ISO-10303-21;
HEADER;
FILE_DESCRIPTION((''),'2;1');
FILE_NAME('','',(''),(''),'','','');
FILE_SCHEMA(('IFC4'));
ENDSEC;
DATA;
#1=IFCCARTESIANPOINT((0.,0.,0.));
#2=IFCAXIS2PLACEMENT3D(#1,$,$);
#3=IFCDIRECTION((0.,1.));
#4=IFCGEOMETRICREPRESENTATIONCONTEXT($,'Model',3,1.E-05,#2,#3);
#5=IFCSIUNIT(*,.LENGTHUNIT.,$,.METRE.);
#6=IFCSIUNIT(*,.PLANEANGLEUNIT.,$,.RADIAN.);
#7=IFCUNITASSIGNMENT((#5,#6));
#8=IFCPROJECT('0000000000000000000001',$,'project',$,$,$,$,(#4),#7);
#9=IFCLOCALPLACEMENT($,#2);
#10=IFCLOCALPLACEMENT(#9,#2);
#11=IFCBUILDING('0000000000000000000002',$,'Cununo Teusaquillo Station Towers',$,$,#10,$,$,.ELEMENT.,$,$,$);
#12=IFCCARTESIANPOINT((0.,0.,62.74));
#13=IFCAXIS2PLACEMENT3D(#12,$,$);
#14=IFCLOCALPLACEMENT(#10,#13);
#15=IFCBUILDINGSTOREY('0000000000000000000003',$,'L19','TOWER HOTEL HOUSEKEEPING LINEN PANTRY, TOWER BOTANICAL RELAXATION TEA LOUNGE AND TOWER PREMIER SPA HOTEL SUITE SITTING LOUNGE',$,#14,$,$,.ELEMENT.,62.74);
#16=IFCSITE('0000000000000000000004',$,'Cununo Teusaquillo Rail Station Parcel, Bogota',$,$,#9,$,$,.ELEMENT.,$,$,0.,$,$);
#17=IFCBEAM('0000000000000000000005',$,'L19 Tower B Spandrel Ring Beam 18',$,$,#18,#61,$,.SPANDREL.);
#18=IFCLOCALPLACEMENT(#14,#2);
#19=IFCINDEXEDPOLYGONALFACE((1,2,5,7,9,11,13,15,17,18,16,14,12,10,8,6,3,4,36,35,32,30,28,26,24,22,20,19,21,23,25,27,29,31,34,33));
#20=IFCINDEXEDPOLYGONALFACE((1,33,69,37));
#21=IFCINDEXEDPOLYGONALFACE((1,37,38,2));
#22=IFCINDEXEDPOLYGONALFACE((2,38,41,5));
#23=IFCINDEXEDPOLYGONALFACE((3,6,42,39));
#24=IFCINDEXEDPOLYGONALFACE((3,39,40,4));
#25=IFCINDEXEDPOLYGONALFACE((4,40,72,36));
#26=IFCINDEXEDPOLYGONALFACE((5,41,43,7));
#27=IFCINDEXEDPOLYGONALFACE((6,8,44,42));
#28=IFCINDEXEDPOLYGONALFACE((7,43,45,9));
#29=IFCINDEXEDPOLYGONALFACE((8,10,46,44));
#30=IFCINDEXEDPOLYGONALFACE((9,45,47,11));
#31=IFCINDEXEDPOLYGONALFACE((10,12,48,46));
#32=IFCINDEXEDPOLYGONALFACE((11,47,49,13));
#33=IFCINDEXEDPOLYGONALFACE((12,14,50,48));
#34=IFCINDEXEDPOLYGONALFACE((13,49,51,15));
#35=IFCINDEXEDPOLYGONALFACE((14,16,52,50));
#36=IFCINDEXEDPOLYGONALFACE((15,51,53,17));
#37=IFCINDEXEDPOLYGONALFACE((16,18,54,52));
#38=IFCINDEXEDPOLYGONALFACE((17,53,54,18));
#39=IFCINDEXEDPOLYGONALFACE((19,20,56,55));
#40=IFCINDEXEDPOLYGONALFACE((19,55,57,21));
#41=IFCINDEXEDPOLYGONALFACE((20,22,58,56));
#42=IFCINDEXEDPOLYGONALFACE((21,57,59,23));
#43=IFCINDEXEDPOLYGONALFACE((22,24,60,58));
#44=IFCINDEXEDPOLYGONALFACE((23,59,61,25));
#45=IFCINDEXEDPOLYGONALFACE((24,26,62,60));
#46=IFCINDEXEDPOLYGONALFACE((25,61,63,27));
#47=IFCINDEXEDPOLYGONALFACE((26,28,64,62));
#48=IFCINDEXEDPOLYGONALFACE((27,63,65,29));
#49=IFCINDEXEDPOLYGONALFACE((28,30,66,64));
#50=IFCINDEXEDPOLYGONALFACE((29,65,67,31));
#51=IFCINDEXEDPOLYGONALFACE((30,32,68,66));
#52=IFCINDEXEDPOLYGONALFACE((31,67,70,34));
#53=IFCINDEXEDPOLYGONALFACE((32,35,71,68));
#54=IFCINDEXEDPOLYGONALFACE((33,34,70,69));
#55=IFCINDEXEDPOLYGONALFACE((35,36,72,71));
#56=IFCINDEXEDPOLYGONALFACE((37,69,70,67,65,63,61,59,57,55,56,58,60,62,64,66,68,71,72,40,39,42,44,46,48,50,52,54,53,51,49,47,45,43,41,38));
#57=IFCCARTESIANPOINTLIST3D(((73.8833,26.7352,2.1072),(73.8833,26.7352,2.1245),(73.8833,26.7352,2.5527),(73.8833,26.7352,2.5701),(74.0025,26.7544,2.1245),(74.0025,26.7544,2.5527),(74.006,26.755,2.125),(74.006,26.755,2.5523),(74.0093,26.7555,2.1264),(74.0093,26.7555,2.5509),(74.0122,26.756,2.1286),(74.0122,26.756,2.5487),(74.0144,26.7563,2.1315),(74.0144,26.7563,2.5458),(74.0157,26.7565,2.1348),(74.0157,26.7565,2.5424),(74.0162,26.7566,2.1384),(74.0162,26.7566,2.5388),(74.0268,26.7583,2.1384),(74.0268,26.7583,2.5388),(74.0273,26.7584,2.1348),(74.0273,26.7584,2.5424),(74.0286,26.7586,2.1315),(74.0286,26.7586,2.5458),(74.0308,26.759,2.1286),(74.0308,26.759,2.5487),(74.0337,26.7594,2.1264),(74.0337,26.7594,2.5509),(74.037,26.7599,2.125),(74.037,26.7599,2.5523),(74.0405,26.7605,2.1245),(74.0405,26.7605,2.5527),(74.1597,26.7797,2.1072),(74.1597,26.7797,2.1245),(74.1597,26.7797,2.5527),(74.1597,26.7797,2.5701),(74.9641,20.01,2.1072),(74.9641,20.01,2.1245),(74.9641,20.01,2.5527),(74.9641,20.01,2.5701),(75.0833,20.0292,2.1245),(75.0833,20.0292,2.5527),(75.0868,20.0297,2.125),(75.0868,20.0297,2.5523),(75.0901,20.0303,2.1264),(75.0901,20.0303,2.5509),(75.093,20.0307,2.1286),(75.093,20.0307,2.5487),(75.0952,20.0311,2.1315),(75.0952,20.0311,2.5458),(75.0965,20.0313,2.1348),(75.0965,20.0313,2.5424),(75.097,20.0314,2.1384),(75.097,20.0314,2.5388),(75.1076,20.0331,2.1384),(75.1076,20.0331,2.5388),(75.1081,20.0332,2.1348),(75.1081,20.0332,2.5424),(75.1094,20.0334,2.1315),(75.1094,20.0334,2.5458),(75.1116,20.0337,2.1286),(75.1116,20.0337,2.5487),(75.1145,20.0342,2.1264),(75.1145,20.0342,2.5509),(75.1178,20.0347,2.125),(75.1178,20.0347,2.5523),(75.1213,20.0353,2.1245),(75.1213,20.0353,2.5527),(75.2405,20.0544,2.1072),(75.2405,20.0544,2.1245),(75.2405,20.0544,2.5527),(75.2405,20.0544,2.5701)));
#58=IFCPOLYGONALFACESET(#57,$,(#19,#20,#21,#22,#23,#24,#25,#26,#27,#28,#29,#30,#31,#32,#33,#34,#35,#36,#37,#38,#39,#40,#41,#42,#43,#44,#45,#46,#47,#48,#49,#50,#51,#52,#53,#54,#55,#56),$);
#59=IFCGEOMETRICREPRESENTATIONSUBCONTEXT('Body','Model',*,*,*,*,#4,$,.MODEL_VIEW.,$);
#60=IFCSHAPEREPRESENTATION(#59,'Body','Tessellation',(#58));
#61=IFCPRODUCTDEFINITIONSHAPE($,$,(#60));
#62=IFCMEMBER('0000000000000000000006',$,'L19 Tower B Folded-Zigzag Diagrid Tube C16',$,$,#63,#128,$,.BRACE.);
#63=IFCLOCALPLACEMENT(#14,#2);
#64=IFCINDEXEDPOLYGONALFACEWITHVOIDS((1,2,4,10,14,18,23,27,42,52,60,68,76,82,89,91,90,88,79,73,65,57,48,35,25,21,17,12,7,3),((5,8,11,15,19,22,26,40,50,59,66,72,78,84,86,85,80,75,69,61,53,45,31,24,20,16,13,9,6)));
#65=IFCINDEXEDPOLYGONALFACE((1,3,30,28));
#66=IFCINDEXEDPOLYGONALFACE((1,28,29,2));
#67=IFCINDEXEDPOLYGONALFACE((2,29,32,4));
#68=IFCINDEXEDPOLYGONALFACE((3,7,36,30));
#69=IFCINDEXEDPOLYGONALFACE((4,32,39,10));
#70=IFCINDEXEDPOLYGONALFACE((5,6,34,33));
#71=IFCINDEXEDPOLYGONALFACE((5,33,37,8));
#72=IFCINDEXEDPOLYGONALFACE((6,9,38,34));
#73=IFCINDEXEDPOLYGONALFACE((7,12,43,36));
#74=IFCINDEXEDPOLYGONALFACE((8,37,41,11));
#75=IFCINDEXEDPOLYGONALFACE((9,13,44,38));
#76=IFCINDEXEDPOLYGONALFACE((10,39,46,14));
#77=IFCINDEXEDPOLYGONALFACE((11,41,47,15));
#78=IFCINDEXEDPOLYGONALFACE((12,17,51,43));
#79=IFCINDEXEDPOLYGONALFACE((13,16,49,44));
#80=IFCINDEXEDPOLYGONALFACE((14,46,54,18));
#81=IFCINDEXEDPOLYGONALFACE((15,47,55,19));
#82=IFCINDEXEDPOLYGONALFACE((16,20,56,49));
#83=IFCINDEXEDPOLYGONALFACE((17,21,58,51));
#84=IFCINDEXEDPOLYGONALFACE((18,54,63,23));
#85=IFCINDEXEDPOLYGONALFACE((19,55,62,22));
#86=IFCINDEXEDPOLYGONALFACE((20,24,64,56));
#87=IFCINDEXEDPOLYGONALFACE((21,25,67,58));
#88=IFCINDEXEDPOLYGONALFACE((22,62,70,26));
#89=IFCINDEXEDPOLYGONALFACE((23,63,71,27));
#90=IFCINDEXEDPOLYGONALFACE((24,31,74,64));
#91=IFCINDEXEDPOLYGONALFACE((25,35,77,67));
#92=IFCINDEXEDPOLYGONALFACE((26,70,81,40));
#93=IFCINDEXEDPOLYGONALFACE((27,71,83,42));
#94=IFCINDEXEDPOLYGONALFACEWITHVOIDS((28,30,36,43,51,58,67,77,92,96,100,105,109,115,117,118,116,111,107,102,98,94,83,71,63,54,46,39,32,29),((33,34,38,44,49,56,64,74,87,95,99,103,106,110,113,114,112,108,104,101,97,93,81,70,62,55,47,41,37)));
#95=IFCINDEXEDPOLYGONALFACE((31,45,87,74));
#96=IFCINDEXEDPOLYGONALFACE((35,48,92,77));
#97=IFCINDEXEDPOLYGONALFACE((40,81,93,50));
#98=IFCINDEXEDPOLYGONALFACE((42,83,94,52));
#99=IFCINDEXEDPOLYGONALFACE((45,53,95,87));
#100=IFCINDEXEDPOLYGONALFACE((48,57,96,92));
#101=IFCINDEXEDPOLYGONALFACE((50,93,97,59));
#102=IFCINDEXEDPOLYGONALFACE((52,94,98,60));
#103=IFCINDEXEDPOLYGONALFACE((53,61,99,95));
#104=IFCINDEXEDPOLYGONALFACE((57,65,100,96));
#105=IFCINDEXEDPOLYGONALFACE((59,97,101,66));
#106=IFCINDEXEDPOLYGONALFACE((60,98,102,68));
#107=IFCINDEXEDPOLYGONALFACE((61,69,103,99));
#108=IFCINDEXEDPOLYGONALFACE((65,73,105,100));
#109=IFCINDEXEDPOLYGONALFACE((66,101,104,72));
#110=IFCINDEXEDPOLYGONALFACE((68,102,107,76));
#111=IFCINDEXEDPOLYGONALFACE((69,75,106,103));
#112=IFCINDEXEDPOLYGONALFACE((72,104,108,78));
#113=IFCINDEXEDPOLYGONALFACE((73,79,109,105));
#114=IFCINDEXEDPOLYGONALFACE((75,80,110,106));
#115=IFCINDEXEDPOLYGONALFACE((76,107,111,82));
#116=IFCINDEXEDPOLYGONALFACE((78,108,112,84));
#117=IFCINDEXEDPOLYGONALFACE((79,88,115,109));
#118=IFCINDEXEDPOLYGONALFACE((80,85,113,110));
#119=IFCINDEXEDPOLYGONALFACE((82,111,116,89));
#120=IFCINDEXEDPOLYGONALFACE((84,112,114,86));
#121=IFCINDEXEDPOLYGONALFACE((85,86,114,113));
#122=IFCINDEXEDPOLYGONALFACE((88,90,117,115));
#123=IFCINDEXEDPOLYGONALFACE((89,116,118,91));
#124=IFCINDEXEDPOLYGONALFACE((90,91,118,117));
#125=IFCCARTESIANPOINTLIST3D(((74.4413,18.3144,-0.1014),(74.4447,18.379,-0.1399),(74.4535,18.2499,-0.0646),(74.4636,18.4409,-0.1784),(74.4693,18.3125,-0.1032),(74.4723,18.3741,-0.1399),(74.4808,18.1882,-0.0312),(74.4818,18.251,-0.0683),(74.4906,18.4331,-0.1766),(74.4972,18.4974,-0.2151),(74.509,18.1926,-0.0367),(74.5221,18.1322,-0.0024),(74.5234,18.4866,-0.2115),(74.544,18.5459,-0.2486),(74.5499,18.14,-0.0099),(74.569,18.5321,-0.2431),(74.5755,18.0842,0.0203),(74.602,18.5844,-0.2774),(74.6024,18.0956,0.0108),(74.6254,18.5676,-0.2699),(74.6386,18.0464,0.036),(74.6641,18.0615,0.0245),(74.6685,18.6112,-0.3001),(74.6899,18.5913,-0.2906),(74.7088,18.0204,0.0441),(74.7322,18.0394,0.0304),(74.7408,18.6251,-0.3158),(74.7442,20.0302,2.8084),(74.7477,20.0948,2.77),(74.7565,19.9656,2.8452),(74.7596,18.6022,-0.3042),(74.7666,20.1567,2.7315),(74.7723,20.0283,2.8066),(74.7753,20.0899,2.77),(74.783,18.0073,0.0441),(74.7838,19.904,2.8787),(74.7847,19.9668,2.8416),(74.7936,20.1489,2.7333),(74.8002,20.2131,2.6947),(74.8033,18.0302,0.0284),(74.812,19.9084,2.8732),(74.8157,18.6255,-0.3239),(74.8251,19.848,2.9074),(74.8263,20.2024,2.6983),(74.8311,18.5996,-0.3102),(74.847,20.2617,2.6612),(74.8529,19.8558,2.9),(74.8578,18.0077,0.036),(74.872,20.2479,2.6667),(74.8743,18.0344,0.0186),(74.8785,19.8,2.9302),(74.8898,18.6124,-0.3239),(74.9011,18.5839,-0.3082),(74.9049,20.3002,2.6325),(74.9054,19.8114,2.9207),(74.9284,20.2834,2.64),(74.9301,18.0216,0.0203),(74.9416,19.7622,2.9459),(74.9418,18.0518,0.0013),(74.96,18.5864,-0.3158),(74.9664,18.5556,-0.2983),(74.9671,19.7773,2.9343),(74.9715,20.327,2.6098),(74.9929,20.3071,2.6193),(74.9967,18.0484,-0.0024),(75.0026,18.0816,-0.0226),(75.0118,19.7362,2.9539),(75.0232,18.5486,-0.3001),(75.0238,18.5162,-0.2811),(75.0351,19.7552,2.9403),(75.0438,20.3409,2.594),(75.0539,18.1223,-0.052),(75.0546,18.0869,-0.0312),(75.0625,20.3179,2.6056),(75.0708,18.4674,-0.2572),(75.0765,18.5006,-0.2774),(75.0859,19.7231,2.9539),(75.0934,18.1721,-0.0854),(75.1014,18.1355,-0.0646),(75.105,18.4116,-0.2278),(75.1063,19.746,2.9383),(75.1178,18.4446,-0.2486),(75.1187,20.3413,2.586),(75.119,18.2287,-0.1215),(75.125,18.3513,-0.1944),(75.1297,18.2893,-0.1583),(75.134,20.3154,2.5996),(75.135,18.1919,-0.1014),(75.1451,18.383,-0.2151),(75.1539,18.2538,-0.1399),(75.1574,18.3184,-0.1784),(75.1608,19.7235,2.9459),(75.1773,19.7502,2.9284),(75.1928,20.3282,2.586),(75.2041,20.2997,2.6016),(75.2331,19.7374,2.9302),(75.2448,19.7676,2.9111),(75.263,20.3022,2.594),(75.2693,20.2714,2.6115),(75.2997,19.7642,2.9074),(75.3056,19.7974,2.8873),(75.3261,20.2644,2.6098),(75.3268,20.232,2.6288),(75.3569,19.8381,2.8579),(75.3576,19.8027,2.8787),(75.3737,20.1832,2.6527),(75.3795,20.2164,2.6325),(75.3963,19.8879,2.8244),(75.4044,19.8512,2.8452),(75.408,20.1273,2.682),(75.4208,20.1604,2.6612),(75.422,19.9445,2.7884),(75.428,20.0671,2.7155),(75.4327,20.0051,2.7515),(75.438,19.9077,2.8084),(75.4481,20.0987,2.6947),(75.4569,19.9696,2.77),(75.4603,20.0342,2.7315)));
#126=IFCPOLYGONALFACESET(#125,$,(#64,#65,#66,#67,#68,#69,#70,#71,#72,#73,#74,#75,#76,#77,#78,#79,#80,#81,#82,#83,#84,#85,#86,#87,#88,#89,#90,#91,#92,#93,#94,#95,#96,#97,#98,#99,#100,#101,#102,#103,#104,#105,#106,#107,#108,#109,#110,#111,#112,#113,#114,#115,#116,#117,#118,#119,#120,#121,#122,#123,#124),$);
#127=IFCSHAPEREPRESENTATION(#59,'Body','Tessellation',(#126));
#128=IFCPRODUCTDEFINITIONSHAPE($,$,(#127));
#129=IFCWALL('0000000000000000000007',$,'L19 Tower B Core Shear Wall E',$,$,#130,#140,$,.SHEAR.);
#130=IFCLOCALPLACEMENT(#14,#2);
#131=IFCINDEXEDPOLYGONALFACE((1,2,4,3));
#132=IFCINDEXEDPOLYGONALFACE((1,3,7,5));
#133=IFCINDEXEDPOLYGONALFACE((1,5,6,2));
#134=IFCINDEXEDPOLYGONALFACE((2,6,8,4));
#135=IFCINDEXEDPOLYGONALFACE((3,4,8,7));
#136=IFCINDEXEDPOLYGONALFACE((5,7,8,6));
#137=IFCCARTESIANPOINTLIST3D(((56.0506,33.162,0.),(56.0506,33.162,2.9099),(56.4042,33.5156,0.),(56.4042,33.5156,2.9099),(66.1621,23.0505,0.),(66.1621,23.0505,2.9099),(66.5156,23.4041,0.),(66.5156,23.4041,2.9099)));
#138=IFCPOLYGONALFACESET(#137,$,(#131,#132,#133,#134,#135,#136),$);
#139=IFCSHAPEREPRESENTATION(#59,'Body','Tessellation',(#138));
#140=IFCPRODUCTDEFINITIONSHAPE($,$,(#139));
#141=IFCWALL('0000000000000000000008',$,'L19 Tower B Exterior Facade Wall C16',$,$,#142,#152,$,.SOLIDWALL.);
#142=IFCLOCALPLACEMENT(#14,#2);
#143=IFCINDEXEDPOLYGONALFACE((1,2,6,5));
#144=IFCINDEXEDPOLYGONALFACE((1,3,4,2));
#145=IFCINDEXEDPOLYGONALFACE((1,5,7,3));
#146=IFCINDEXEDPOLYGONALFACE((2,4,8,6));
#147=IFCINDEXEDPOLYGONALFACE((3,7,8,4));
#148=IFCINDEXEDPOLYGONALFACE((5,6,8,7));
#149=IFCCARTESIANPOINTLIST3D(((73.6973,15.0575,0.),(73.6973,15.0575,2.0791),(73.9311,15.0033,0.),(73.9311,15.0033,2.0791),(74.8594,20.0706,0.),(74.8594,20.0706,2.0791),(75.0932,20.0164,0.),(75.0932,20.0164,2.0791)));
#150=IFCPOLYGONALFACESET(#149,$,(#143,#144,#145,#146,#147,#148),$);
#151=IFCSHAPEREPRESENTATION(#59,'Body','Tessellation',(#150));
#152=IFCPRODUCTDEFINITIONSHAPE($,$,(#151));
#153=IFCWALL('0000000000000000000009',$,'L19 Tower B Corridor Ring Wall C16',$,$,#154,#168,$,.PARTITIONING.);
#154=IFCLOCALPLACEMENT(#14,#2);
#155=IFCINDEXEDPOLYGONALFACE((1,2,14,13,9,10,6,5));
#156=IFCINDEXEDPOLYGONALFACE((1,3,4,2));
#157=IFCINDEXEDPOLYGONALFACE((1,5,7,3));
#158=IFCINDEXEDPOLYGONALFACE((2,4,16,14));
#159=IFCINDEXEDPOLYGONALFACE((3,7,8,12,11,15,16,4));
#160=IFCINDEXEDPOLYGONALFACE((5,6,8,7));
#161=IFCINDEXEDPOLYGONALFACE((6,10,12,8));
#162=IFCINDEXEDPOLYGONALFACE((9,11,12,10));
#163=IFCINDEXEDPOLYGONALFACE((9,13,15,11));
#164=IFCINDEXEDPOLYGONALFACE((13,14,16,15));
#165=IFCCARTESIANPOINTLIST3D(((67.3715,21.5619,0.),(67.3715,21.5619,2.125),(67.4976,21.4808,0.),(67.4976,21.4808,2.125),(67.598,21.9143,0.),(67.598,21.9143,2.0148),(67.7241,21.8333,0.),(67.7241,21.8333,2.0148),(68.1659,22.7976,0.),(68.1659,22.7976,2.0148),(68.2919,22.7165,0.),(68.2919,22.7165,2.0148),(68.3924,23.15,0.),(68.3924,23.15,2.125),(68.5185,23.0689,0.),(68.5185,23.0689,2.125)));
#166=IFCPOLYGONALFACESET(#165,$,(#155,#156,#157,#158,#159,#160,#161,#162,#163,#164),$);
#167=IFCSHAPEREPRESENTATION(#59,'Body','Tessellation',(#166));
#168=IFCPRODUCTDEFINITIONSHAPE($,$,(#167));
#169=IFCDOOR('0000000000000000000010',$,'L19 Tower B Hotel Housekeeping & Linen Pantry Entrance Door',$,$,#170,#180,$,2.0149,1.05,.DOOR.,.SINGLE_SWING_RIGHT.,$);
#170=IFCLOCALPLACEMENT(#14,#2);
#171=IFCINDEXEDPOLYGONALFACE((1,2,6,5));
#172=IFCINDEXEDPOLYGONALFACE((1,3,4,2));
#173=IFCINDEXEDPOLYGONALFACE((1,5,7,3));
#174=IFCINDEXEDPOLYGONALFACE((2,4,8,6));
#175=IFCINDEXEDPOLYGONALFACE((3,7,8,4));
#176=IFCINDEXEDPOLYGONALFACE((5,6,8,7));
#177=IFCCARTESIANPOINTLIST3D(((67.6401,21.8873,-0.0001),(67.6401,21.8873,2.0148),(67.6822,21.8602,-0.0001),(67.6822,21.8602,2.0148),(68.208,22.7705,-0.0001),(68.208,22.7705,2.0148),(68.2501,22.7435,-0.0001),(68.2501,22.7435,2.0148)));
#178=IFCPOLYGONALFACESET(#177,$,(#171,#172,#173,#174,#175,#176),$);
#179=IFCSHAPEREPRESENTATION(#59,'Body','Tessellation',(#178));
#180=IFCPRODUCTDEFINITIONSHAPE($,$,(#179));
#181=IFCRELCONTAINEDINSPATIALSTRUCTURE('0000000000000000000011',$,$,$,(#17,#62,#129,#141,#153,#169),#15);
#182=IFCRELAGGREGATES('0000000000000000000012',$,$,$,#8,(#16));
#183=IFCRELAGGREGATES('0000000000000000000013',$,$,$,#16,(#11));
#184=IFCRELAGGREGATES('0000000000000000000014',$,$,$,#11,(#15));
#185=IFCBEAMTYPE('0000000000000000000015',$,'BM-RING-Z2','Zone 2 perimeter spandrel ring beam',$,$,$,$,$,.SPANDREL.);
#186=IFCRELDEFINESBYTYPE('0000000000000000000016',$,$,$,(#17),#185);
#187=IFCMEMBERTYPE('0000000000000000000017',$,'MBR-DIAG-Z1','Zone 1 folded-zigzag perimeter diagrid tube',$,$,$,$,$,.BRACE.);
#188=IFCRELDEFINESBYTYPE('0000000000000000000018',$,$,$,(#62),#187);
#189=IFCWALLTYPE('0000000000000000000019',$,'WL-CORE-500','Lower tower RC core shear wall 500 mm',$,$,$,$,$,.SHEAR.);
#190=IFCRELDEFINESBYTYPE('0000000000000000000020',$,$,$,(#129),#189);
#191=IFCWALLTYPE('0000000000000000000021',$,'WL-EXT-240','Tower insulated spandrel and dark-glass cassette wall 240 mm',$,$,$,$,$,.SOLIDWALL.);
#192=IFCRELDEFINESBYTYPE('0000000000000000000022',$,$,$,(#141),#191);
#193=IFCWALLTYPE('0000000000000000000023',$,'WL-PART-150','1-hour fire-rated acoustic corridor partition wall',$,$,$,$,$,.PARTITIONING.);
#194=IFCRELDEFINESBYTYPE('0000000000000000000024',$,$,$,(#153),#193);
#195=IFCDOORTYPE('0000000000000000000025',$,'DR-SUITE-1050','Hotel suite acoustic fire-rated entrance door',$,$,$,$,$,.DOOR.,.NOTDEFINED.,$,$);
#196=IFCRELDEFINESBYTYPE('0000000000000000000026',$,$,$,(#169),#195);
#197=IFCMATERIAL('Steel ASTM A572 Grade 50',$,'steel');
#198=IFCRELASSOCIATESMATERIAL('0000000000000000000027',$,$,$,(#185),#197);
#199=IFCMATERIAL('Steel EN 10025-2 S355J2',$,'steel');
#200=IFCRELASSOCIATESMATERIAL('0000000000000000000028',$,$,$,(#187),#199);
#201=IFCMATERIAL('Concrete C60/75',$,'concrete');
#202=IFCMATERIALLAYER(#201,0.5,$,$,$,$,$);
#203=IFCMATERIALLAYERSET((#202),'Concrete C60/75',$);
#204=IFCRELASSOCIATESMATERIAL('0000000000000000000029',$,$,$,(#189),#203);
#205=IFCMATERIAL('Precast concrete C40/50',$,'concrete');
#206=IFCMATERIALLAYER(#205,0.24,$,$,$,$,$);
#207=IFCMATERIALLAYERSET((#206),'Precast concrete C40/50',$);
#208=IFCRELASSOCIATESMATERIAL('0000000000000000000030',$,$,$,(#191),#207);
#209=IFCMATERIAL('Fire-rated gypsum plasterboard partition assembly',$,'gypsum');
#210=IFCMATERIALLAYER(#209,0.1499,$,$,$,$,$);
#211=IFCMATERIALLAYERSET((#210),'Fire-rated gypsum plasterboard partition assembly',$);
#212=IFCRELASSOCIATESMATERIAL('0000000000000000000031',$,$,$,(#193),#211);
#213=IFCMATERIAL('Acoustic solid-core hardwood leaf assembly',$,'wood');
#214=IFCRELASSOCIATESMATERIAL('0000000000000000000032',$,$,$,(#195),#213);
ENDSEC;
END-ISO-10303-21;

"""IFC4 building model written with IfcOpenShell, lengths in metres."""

from ifc_helpers import new_model, si_unit, direction, frame, frame_2d, origin, origin_2d, place, context, subcontext, project, spatial, rectangle, hollow_circle, i_section, extrude, source, transform, mapped, material, layer, layer_set, material_profile, profile_set, type_object, element, fill, save


model = new_model("IFC4")

# Units and contexts
model_context = context("Model", 3, precision=1e-05, world=origin(), true_north=direction((0.0, 1.0)))
body_context = subcontext(model_context, "Body", "Model", "MODEL_VIEW")
ifc_project = project(units=[si_unit("LENGTHUNIT", "METRE"), si_unit("PLANEANGLEUNIT", "RADIAN")], contexts=[model_context])

# Site, building, storey
site_placement = place(None, origin())
site = spatial("IfcSite", under=ifc_project, at=site_placement, Name="Cununo Teusaquillo Rail Station Parcel, Bogota", CompositionType="ELEMENT", RefElevation=0.0)
building_placement = place(site_placement, origin())
building = spatial("IfcBuilding", under=site, at=building_placement, Name="Cununo Teusaquillo Station Towers", CompositionType="ELEMENT")
storey_placement = place(building_placement, frame((0.0, 0.0, 62.74)))
storey = spatial("IfcBuildingStorey", under=building, at=storey_placement, Name="L19", Description="TOWER HOTEL HOUSEKEEPING LINEN PANTRY, TOWER BOTANICAL RELAXATION TEA LOUNGE AND TOWER PREMIER SPA HOTEL SUITE SITTING LOUNGE", CompositionType="ELEMENT", Elevation=62.74)

# Beam
ifc_material_1 = material(Name="Steel ASTM A572 Grade 50", Category="steel")
ifc_material_profile_1 = material_profile(ifc_material_1, i_section(OverallWidth=0.28, OverallDepth=0.4629, WebThickness=0.0107, FlangeThickness=0.0173, FilletRadius=0.0139, at=origin_2d()), Name="W18X76")
ifc_profile_set_1 = profile_set([ifc_material_profile_1], Name="Steel ASTM A572 Grade 50")
beam_type_1 = type_object("IfcBeamType", Name="BM-RING-Z2", Description="Zone 2 perimeter spandrel ring beam", PredefinedType="SPANDREL", material=ifc_profile_set_1)
beam_1_placement = place(storey_placement, frame((75.1023, 20.0322, 2.3386), z_axis=(-0.158671, 0.987331, 0.0), x_axis=(-0.987331, -0.158671, 0.0)))
element("IfcBeam", 1, at=beam_1_placement, inside=storey, type_object=beam_type_1, Name="L19 Tower B Spandrel Ring Beam 18", PredefinedType="SPANDREL", context=body_context, shape_type="SweptSolid", body=[
    extrude(i_section(OverallWidth=0.28, OverallDepth=0.4629, WebThickness=0.0107, FlangeThickness=0.0173, FilletRadius=0.0139, at=origin_2d()), origin(), (0.0, 0.0, 1.0), 6.8115),
])

# Member
ifc_material_2 = material(Name="Steel EN 10025-2 S355J2", Category="steel")
ifc_material_profile_2 = material_profile(ifc_material_2, hollow_circle(Radius=0.3601, WallThickness=0.0281, at=origin_2d()), Name="CHS 720x28")
ifc_profile_set_2 = profile_set([ifc_material_profile_2], Name="Steel EN 10025-2 S355J2")
member_type = type_object("IfcMemberType", Name="MBR-DIAG-Z1", Description="Zone 1 folded-zigzag perimeter diagrid tube", PredefinedType="BRACE", material=ifc_profile_set_2)
member_placement = place(storey_placement, frame((74.7993, 18.3164, -0.1399), z_axis=(0.08933, 0.505893, 0.857959), x_axis=(-0.984765, 0.173889, 0.0)))
element("IfcMember", 2, at=member_placement, inside=storey, type_object=member_type, Name="L19 Tower B Folded-Zigzag Diagrid Tube C16", PredefinedType="BRACE", context=body_context, shape_type="SweptSolid", body=[
    extrude(hollow_circle(Radius=0.3601, WallThickness=0.0281, at=origin_2d()), origin(), (0.0, 0.0, 1.0), 3.3916),
])

# Walls
ifc_material_3 = material(Name="Concrete C60/75", Category="concrete")
ifc_layer_1 = layer(ifc_material_3, 0.5)
ifc_layer_set_1 = layer_set([ifc_layer_1], Name="Concrete C60/75")
wall_type_1 = type_object("IfcWallType", Name="WL-CORE-500", Description="Lower tower RC core shear wall 500 mm", PredefinedType="SHEAR", material=ifc_layer_set_1)
wall_1_placement = place(storey_placement, frame((66.3389, 23.2273, 0.0), z_axis=(0.0, 0.0, 1.0), x_axis=(-0.707107, 0.707107, 0.0)))
element("IfcWall", 3, at=wall_1_placement, inside=storey, type_object=wall_type_1, Name="L19 Tower B Core Shear Wall E", PredefinedType="SHEAR", context=body_context, shape_type="SweptSolid", body=[
    extrude(rectangle(XDim=14.2998, YDim=0.5, at=frame_2d((7.1499, 0.0))), origin(), (0.0, 0.0, 1.0), 2.9099),
])
ifc_material_4 = material(Name="Precast concrete C40/50", Category="concrete")
ifc_layer_2 = layer(ifc_material_4, 0.24)
ifc_layer_set_2 = layer_set([ifc_layer_2], Name="Precast concrete C40/50")
wall_type_2 = type_object("IfcWallType", Name="WL-EXT-240", Description="Tower insulated spandrel and dark-glass cassette wall 240 mm", PredefinedType="SOLIDWALL", material=ifc_layer_set_2)
wall_2_placement = place(storey_placement, frame((74.9763, 20.0435, 0.0), z_axis=(0.0, 0.0, 1.0), x_axis=(-0.225833, -0.974166, 0.0)))
element("IfcWall", 4, at=wall_2_placement, inside=storey, type_object=wall_type_2, Name="L19 Tower B Exterior Facade Wall C16", PredefinedType="SOLIDWALL", context=body_context, shape_type="SweptSolid", body=[
    extrude(rectangle(XDim=5.146, YDim=0.24, at=frame_2d((2.573, 0.0))), origin(), (0.0, 0.0, 1.0), 2.0791),
])

# Wall, opening, door
ifc_material_5 = material(Name="Fire-rated gypsum plasterboard partition assembly", Category="gypsum")
ifc_layer_3 = layer(ifc_material_5, 0.1499)
ifc_layer_set_3 = layer_set([ifc_layer_3], Name="Fire-rated gypsum plasterboard partition assembly")
wall_type_3 = type_object("IfcWallType", Name="WL-PART-150", Description="1-hour fire-rated acoustic corridor partition wall", PredefinedType="PARTITIONING", material=ifc_layer_set_3)
wall_3_placement = place(storey_placement, frame((67.4346, 21.5215, 0.0), z_axis=(0.0, 0.0, 1.0), x_axis=(0.540777, 0.841166, 0.0)))
wall_3 = element("IfcWall", 5, at=wall_3_placement, inside=storey, type_object=wall_type_3, Name="L19 Tower B Corridor Ring Wall C16", PredefinedType="PARTITIONING", context=body_context, shape_type="SweptSolid", body=[
    extrude(rectangle(XDim=1.8879, YDim=0.1499, at=frame_2d((0.9438, 0.0))), origin(), (0.0, 0.0, 1.0), 2.125),
])
shared_shape_1 = source(origin(), body_context, "Body", "SweptSolid", [
    extrude(rectangle(XDim=1.05, YDim=2.0149, at=frame_2d((0.5249, 1.0073))), frame((0.0, 0.085, 0.0), z_axis=(0.0, -1.0, 0.0), x_axis=(1.0, 0.0, 0.0)), (0.0, 0.0, 1.0), 0.1699),
])
opening_placement = place(wall_3_placement, frame((0.4189, 0.0, 0.0)))
opening = element("IfcOpeningElement", 6, at=opening_placement, cuts=wall_3, PredefinedType="OPENING", context=body_context, shape_type="MappedRepresentation", body=[
    mapped(shared_shape_1, transform((0.0, 0.0, 0.0), x_axis=(1.0, 0.0, 0.0), y_axis=(0.0, 1.0, 0.0), z_axis=(0.0, 0.0, 1.0), scale=1.0)),
])
ifc_material_6 = material(Name="Acoustic solid-core hardwood leaf assembly", Category="wood")
door_type = type_object("IfcDoorType", Name="DR-SUITE-1050", Description="Hotel suite acoustic fire-rated entrance door", OperationType="NOTDEFINED", PredefinedType="DOOR", material=ifc_material_6)
shared_shape_2 = source(origin(), body_context, "Body", "SweptSolid", [
    extrude(rectangle(XDim=1.05, YDim=2.0149, at=frame_2d((0.5249, 1.0073))), frame((0.0, 0.0249, 0.0), z_axis=(0.0, -1.0, 0.0), x_axis=(1.0, 0.0, 0.0)), (0.0, 0.0, 1.0), 0.05),
])
door_placement = place(opening_placement, origin())
door = element("IfcDoor", 7, at=door_placement, inside=storey, type_object=door_type, Name="L19 Tower B Hotel Housekeeping & Linen Pantry Entrance Door", OperationType="SINGLE_SWING_RIGHT", OverallHeight=2.0149, OverallWidth=1.05, PredefinedType="DOOR", context=body_context, shape_type="MappedRepresentation", body=[
    mapped(shared_shape_2, transform((0.0, 0.0, 0.0), x_axis=(1.0, 0.0, 0.0), y_axis=(0.0, 1.0, 0.0), z_axis=(0.0, 0.0, 1.0), scale=1.0)),
])
fill(opening, door)

save(model, "model.ifc")
